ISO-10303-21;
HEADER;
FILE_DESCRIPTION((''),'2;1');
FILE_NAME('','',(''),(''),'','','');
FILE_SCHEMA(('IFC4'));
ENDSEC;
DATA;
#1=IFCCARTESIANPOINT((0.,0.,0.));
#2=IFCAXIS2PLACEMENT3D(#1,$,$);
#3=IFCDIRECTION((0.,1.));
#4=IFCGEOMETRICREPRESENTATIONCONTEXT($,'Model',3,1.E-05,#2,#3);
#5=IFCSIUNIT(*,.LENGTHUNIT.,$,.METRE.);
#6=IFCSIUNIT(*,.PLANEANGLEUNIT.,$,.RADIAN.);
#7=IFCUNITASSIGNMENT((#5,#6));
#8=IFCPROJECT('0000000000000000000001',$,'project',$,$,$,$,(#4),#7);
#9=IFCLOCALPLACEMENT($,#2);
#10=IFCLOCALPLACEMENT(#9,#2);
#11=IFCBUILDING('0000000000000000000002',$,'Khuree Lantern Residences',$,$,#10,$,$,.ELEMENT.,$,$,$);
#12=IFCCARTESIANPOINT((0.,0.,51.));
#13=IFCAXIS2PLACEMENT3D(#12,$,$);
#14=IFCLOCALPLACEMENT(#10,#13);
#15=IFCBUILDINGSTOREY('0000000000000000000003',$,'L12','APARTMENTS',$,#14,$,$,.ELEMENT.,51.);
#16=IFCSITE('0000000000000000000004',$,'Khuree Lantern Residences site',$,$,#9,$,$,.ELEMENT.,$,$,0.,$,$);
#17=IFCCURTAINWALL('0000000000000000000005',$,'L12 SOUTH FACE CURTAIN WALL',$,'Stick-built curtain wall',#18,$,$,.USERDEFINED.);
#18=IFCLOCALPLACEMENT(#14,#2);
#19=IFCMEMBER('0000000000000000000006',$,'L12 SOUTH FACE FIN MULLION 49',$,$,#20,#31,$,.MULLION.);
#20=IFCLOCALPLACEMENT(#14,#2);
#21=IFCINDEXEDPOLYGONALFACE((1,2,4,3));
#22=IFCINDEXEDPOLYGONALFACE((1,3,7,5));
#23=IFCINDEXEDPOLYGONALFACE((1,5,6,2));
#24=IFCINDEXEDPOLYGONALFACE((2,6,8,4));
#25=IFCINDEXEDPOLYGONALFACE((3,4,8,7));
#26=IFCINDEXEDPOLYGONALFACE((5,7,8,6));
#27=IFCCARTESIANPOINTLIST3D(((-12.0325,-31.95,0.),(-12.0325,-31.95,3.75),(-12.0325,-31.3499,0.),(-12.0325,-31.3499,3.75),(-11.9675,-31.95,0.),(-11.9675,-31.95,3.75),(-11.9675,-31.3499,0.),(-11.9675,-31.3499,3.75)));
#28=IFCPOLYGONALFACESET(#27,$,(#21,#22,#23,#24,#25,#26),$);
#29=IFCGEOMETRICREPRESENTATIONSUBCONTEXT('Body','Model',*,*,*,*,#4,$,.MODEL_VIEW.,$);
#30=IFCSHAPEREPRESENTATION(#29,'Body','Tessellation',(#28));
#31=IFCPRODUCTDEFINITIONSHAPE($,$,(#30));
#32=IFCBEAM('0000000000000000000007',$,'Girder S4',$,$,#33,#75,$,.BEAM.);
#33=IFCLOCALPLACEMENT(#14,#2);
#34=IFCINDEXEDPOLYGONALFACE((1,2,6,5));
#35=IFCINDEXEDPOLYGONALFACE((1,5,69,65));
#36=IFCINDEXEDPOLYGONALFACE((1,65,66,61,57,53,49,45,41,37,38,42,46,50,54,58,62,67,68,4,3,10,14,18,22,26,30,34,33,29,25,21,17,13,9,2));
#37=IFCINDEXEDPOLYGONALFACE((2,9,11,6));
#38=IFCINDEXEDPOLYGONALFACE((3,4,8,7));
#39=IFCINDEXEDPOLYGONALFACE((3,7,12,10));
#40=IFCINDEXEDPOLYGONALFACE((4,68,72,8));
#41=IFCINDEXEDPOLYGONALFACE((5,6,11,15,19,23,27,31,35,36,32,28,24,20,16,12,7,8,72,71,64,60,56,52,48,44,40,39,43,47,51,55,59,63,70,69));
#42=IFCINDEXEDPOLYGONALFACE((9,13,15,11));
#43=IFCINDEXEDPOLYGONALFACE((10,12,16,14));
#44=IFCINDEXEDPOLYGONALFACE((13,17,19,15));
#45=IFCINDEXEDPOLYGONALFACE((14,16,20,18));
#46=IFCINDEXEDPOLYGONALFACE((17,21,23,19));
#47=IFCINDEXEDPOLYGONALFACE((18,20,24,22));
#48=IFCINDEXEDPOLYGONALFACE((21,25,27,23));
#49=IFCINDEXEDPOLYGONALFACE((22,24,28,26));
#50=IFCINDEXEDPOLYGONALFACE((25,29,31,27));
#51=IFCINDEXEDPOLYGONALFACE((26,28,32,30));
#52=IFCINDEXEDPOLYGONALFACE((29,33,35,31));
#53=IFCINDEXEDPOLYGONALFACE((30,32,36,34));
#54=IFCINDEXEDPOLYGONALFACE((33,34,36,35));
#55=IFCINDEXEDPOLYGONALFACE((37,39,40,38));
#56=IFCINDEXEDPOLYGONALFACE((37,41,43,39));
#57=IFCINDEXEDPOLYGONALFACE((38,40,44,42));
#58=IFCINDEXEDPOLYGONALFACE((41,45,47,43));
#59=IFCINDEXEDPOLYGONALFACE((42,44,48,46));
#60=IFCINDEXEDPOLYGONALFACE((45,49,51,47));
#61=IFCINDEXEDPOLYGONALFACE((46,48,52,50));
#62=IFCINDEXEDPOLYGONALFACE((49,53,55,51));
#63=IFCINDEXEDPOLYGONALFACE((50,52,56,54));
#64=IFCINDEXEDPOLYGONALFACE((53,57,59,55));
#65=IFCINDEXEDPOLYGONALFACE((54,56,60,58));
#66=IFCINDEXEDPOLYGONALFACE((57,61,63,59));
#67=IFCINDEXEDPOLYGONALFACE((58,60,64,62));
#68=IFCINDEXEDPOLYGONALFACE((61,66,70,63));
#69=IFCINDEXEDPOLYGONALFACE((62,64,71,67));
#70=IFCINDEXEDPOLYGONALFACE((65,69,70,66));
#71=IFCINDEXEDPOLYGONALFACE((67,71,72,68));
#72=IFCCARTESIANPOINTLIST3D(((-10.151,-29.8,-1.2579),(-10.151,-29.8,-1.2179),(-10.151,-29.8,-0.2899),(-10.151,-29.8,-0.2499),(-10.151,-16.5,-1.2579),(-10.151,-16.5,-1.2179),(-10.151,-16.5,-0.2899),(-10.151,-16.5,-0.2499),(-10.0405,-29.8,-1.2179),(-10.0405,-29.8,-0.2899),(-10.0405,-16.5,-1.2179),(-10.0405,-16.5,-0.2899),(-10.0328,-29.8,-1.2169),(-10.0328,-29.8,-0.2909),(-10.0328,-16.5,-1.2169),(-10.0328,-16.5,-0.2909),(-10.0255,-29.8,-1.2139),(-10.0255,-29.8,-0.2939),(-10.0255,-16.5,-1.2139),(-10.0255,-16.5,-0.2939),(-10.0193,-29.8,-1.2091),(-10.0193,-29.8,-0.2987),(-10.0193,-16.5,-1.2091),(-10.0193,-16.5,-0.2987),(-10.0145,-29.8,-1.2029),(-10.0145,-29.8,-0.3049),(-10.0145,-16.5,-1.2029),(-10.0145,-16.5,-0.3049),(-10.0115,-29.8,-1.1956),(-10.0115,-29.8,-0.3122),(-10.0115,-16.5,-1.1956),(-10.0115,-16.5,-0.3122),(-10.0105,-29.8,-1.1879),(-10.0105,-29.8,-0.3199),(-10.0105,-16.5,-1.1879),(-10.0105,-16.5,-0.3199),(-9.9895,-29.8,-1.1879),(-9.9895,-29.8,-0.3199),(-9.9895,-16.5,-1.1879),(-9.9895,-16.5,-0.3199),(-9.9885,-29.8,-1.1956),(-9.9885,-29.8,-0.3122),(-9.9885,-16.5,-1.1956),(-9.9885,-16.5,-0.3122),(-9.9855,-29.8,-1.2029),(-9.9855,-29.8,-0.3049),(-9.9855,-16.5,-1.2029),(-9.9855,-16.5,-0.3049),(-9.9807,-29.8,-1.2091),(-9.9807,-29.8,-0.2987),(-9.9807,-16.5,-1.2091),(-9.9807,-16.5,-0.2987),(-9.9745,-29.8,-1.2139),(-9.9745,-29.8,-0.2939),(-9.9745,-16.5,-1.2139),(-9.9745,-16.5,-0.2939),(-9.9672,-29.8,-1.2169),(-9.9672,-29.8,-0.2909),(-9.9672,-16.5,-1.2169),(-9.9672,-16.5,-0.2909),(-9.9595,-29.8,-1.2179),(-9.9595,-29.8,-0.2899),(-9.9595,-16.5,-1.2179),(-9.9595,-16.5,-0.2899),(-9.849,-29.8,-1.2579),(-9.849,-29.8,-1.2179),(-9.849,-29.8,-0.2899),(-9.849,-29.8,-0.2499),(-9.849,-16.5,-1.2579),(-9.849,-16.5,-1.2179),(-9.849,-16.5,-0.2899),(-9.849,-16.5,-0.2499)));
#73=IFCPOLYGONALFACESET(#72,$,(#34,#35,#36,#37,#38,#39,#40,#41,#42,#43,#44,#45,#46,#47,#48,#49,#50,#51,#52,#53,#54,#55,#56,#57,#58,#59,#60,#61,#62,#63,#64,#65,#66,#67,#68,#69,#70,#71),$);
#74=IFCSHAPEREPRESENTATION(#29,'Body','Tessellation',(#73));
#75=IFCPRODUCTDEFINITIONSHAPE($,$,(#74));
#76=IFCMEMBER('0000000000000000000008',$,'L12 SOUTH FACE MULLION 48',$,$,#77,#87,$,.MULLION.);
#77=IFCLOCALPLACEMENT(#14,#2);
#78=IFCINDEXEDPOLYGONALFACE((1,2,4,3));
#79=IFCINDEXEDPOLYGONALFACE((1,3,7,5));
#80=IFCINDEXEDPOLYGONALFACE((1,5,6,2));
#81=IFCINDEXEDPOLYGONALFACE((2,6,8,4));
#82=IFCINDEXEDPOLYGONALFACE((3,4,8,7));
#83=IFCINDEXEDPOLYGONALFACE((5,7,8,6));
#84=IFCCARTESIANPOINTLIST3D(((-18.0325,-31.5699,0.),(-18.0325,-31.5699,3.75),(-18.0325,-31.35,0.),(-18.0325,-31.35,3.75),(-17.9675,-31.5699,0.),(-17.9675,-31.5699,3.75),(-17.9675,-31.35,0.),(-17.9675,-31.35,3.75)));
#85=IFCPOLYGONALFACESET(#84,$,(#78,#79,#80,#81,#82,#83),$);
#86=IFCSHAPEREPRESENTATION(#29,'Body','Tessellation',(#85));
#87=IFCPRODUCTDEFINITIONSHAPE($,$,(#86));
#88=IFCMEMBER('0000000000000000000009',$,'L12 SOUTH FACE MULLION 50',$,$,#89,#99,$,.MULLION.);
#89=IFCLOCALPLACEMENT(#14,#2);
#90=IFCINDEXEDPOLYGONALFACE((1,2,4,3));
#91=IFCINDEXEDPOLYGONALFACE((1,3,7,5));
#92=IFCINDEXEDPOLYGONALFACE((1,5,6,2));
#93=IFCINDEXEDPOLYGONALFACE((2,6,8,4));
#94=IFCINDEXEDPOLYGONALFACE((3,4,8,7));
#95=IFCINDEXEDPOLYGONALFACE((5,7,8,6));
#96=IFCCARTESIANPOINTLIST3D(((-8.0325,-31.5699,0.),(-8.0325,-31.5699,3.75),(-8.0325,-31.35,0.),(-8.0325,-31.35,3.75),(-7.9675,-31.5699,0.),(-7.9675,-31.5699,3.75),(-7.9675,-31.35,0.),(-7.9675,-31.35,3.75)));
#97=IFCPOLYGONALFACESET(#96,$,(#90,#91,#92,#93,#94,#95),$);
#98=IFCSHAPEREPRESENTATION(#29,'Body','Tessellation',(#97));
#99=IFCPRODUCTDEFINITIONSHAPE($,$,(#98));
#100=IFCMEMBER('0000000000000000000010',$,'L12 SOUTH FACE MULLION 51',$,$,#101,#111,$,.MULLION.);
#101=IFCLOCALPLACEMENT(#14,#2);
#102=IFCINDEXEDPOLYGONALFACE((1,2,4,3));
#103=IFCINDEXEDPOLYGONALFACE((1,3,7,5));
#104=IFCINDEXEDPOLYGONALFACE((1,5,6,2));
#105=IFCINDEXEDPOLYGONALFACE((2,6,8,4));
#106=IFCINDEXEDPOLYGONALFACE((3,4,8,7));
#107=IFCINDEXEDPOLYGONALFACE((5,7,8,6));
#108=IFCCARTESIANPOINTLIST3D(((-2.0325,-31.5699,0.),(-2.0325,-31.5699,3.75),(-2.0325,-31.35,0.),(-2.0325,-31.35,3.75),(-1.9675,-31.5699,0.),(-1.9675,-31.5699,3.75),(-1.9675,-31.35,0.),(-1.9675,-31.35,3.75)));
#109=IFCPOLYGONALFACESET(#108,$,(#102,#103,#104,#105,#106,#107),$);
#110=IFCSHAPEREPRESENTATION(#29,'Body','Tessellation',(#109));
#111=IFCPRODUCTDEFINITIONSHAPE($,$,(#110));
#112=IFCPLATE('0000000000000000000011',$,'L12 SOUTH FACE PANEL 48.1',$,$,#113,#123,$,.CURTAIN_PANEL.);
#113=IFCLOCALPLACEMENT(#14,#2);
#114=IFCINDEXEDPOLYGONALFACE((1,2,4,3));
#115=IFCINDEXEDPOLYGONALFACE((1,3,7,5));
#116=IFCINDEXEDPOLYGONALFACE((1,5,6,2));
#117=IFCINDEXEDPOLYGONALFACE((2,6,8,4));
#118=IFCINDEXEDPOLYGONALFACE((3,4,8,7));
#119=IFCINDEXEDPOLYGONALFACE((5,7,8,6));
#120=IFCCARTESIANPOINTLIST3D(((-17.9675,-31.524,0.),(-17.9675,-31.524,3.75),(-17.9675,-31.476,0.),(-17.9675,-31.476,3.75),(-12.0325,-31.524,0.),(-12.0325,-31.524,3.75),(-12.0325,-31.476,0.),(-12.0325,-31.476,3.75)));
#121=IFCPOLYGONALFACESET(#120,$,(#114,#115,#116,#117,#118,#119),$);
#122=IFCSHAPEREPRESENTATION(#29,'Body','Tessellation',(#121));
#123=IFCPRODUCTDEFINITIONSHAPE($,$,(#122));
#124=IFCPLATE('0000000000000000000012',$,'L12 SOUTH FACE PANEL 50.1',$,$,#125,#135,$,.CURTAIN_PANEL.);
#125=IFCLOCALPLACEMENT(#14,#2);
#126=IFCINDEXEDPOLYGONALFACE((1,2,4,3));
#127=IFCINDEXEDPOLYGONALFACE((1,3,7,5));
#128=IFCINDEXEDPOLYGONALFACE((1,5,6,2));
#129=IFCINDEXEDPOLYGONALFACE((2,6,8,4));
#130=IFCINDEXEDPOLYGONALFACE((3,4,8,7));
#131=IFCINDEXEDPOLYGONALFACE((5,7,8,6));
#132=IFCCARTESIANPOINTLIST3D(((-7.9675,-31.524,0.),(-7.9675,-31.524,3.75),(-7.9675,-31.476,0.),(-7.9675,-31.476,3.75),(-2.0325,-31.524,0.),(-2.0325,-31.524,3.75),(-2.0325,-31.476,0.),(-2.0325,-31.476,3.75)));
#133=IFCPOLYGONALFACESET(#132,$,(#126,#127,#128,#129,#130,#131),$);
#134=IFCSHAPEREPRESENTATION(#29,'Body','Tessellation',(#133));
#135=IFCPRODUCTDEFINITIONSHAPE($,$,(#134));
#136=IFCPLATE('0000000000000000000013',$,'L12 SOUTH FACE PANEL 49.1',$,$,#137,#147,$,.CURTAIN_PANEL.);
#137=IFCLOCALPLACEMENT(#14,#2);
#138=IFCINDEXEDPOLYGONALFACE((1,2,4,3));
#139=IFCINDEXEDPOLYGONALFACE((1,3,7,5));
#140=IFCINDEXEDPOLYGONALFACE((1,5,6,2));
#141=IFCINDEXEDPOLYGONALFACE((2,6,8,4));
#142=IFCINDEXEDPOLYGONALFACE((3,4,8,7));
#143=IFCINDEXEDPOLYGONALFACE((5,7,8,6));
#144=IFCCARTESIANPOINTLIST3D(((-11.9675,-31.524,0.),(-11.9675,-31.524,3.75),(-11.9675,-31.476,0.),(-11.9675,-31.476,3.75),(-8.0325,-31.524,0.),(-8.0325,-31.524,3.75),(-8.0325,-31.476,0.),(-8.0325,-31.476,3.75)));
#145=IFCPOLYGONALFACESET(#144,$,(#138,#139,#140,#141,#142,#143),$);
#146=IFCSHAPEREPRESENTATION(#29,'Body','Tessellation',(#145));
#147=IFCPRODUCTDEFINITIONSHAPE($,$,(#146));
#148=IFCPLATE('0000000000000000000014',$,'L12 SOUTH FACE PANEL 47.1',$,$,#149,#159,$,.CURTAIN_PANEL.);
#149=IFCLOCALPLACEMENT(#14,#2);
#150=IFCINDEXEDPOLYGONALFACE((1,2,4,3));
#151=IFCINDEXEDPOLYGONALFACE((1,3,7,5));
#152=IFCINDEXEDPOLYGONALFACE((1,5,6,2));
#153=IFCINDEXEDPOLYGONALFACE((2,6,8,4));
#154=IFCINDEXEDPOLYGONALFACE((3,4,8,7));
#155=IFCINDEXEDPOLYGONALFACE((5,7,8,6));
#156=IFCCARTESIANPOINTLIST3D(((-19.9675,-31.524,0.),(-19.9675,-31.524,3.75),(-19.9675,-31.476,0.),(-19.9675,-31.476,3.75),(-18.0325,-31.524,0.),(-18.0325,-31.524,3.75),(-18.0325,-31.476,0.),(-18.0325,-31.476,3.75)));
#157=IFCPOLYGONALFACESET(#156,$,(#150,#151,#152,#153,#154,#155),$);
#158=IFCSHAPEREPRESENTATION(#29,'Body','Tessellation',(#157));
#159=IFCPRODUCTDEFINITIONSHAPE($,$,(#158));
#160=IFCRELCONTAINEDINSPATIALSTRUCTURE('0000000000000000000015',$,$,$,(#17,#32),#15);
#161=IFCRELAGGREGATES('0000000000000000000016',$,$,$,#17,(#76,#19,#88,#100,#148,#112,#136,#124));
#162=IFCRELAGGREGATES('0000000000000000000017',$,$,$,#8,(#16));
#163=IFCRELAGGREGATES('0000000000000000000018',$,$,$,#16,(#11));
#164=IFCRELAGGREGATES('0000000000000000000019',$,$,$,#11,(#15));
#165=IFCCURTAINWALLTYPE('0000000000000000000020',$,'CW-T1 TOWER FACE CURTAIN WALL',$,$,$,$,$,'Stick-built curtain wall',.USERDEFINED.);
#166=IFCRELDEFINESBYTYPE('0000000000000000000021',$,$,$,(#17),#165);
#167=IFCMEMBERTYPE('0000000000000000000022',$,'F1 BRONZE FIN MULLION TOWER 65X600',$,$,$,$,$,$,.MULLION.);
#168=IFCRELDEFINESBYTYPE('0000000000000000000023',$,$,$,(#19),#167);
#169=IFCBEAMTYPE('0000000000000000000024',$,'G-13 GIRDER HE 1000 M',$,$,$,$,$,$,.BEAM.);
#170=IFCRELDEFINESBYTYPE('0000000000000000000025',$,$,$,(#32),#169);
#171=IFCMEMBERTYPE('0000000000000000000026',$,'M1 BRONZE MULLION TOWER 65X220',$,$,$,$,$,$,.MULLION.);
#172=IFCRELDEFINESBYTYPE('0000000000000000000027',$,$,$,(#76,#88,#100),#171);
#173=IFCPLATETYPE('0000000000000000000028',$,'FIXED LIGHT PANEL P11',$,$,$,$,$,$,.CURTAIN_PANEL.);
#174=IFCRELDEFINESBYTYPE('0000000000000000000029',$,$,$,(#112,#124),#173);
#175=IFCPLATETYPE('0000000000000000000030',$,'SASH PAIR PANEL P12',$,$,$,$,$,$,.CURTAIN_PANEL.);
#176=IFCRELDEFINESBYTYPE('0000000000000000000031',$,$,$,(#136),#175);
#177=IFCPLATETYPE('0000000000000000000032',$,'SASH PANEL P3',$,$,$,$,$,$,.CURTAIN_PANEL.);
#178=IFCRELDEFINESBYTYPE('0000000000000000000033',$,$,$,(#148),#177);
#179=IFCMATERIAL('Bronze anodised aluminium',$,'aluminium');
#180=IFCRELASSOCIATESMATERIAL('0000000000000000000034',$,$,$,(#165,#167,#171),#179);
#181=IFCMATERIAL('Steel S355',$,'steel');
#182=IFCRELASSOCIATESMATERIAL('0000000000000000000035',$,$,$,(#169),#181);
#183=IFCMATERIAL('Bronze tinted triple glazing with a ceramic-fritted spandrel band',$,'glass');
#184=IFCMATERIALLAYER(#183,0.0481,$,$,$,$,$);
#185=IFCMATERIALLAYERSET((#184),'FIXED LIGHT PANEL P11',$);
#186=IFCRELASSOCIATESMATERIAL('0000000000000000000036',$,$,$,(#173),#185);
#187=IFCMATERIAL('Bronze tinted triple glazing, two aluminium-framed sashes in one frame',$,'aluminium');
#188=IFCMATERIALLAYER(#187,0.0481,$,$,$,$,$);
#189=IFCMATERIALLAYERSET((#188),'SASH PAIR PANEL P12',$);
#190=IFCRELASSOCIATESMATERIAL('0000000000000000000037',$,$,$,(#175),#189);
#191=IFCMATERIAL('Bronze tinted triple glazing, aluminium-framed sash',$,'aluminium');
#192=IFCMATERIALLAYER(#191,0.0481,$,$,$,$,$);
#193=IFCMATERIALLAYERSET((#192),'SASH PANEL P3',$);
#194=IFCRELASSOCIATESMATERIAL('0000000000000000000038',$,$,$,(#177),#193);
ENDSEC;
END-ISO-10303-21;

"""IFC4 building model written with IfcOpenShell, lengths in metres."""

from ifc_helpers import new_model, si_unit, direction, frame, origin, origin_2d, place, context, subcontext, project, spatial, rectangle, i_section, extrude, material, layer, layer_set, material_profile, profile_set, type_object, element, aggregate, save


model = new_model("IFC4")

# Units and contexts
model_context = context("Model", 3, precision=1e-05, world=origin(), true_north=direction((0.0, 1.0)))
body_context = subcontext(model_context, "Body", "Model", "MODEL_VIEW")
ifc_project = project(units=[si_unit("LENGTHUNIT", "METRE"), si_unit("PLANEANGLEUNIT", "RADIAN")], contexts=[model_context])

# Site, building, storey
site_placement = place(None, origin())
site = spatial("IfcSite", under=ifc_project, at=site_placement, Name="Khuree Lantern Residences site", CompositionType="ELEMENT", RefElevation=0.0)
building_placement = place(site_placement, origin())
building = spatial("IfcBuilding", under=site, at=building_placement, Name="Khuree Lantern Residences", CompositionType="ELEMENT")
storey_placement = place(building_placement, frame((0.0, 0.0, 51.0)))
storey = spatial("IfcBuildingStorey", under=building, at=storey_placement, Name="L12", Description="APARTMENTS", CompositionType="ELEMENT", Elevation=51.0)

# Shared definitions
ifc_material_1 = material(Name="Steel S355", Category="steel")

# Curtain wall, member
ifc_material_2 = material(Name="Bronze anodised aluminium", Category="aluminium")
curtain_wall_type = type_object("IfcCurtainWallType", Name="CW-T1 TOWER FACE CURTAIN WALL", ElementType="Stick-built curtain wall", PredefinedType="USERDEFINED", material=ifc_material_2)
curtain_wall_placement = place(storey_placement, origin())
curtain_wall = element("IfcCurtainWall", 1, at=curtain_wall_placement, inside=storey, type_object=curtain_wall_type, Name="L12 SOUTH FACE CURTAIN WALL", ObjectType="Stick-built curtain wall", PredefinedType="USERDEFINED")
ifc_material_profile_1 = material_profile(ifc_material_2, rectangle(XDim=0.0649, YDim=0.6001, at=origin_2d()), Name="F1 65X600")
ifc_profile_set_1 = profile_set([ifc_material_profile_1], Name="Bronze anodised aluminium")
member_type_1 = type_object("IfcMemberType", Name="F1 BRONZE FIN MULLION TOWER 65X600", PredefinedType="MULLION", material=ifc_profile_set_1)
member_1_placement = place(storey_placement, frame((-12.0, -31.6499, 0.0), z_axis=(0.0, 0.0, 1.0), x_axis=(1.0, 0.0, 0.0)))
member_1 = element("IfcMember", 2, at=member_1_placement, type_object=member_type_1, Name="L12 SOUTH FACE FIN MULLION 49", PredefinedType="MULLION", context=body_context, shape_type="SweptSolid", body=[
    extrude(rectangle(XDim=0.0649, YDim=0.6001, at=origin_2d()), origin(), (0.0, 0.0, 1.0), 3.75),
])

# Beam
ifc_material_profile_2 = material_profile(ifc_material_1, i_section(OverallWidth=0.302, OverallDepth=1.0081, WebThickness=0.021, FlangeThickness=0.04, FilletRadius=0.03, at=origin_2d()), Name="HE 1000 M")
ifc_profile_set_2 = profile_set([ifc_material_profile_2], Name="Steel S355")
beam_type_1 = type_object("IfcBeamType", Name="G-13 GIRDER HE 1000 M", PredefinedType="BEAM", material=ifc_profile_set_2)
beam_1_placement = place(storey_placement, frame((-10.0, -29.8, -0.7539), z_axis=(0.0, 1.0, 0.0), x_axis=(-1.0, 0.0, 0.0)))
element("IfcBeam", 3, at=beam_1_placement, inside=storey, type_object=beam_type_1, Name="Girder S4", PredefinedType="BEAM", context=body_context, shape_type="SweptSolid", body=[
    extrude(i_section(OverallWidth=0.302, OverallDepth=1.0081, WebThickness=0.021, FlangeThickness=0.04, FilletRadius=0.03, at=origin_2d()), origin(), (0.0, 0.0, 1.0), 13.3),
])

# Members
ifc_material_profile_3 = material_profile(ifc_material_2, rectangle(XDim=0.0649, YDim=0.22, at=origin_2d()), Name="M1 65X220")
ifc_profile_set_3 = profile_set([ifc_material_profile_3], Name="Bronze anodised aluminium")
member_type_2 = type_object("IfcMemberType", Name="M1 BRONZE MULLION TOWER 65X220", PredefinedType="MULLION", material=ifc_profile_set_3)
member_2_placement = place(storey_placement, frame((-18.0, -31.46, 0.0), z_axis=(0.0, 0.0, 1.0), x_axis=(1.0, 0.0, 0.0)))
member_2 = element("IfcMember", 4, at=member_2_placement, type_object=member_type_2, Name="L12 SOUTH FACE MULLION 48", PredefinedType="MULLION", context=body_context, shape_type="SweptSolid", body=[
    extrude(rectangle(XDim=0.0649, YDim=0.22, at=origin_2d()), origin(), (0.0, 0.0, 1.0), 3.75),
])
member_3_placement = place(storey_placement, frame((-8.0, -31.46, 0.0), z_axis=(0.0, 0.0, 1.0), x_axis=(1.0, 0.0, 0.0)))
member_3 = element("IfcMember", 5, at=member_3_placement, type_object=member_type_2, Name="L12 SOUTH FACE MULLION 50", PredefinedType="MULLION", context=body_context, shape_type="SweptSolid", body=[
    extrude(rectangle(XDim=0.0649, YDim=0.22, at=origin_2d()), origin(), (0.0, 0.0, 1.0), 3.75),
])
member_4_placement = place(storey_placement, frame((-2.0, -31.46, 0.0), z_axis=(0.0, 0.0, 1.0), x_axis=(1.0, 0.0, 0.0)))
member_4 = element("IfcMember", 6, at=member_4_placement, type_object=member_type_2, Name="L12 SOUTH FACE MULLION 51", PredefinedType="MULLION", context=body_context, shape_type="SweptSolid", body=[
    extrude(rectangle(XDim=0.0649, YDim=0.22, at=origin_2d()), origin(), (0.0, 0.0, 1.0), 3.75),
])

# Plates
ifc_material_3 = material(Name="Bronze tinted triple glazing with a ceramic-fritted spandrel band", Category="glass")
ifc_layer_1 = layer(ifc_material_3, 0.0481)
ifc_layer_set_1 = layer_set([ifc_layer_1], Name="FIXED LIGHT PANEL P11")
plate_type_1 = type_object("IfcPlateType", Name="FIXED LIGHT PANEL P11", PredefinedType="CURTAIN_PANEL", material=ifc_layer_set_1)
plate_1_placement = place(storey_placement, frame((-15.0, -31.5, 0.0), z_axis=(0.0, 0.0, 1.0), x_axis=(1.0, 0.0, 0.0)))
plate_1 = element("IfcPlate", 7, at=plate_1_placement, type_object=plate_type_1, Name="L12 SOUTH FACE PANEL 48.1", PredefinedType="CURTAIN_PANEL", context=body_context, shape_type="SweptSolid", body=[
    extrude(rectangle(XDim=5.9351, YDim=0.0481, at=origin_2d()), origin(), (0.0, 0.0, 1.0), 3.75),
])
plate_2_placement = place(storey_placement, frame((-5.0, -31.5, 0.0), z_axis=(0.0, 0.0, 1.0), x_axis=(1.0, 0.0, 0.0)))
plate_2 = element("IfcPlate", 8, at=plate_2_placement, type_object=plate_type_1, Name="L12 SOUTH FACE PANEL 50.1", PredefinedType="CURTAIN_PANEL", context=body_context, shape_type="SweptSolid", body=[
    extrude(rectangle(XDim=5.9351, YDim=0.0481, at=origin_2d()), origin(), (0.0, 0.0, 1.0), 3.75),
])
ifc_material_4 = material(Name="Bronze tinted triple glazing, two aluminium-framed sashes in one frame", Category="aluminium")
ifc_layer_2 = layer(ifc_material_4, 0.0481)
ifc_layer_set_2 = layer_set([ifc_layer_2], Name="SASH PAIR PANEL P12")
plate_type_2 = type_object("IfcPlateType", Name="SASH PAIR PANEL P12", PredefinedType="CURTAIN_PANEL", material=ifc_layer_set_2)
plate_3_placement = place(storey_placement, frame((-10.0, -31.5, 0.0), z_axis=(0.0, 0.0, 1.0), x_axis=(1.0, 0.0, 0.0)))
plate_3 = element("IfcPlate", 9, at=plate_3_placement, type_object=plate_type_2, Name="L12 SOUTH FACE PANEL 49.1", PredefinedType="CURTAIN_PANEL", context=body_context, shape_type="SweptSolid", body=[
    extrude(rectangle(XDim=3.9351, YDim=0.0481, at=origin_2d()), origin(), (0.0, 0.0, 1.0), 3.75),
])
ifc_material_5 = material(Name="Bronze tinted triple glazing, aluminium-framed sash", Category="aluminium")
ifc_layer_3 = layer(ifc_material_5, 0.0481)
ifc_layer_set_3 = layer_set([ifc_layer_3], Name="SASH PANEL P3")
plate_type_3 = type_object("IfcPlateType", Name="SASH PANEL P3", PredefinedType="CURTAIN_PANEL", material=ifc_layer_set_3)
plate_4_placement = place(storey_placement, frame((-19.0, -31.5, 0.0), z_axis=(0.0, 0.0, 1.0), x_axis=(1.0, 0.0, 0.0)))
plate_4 = element("IfcPlate", 10, at=plate_4_placement, type_object=plate_type_3, Name="L12 SOUTH FACE PANEL 47.1", PredefinedType="CURTAIN_PANEL", context=body_context, shape_type="SweptSolid", body=[
    extrude(rectangle(XDim=1.9351, YDim=0.0481, at=origin_2d()), origin(), (0.0, 0.0, 1.0), 3.75),
])
aggregate(curtain_wall, [member_2, member_1, member_3, member_4, plate_4, plate_1, plate_3, plate_2])

save(model, "model.ifc")
